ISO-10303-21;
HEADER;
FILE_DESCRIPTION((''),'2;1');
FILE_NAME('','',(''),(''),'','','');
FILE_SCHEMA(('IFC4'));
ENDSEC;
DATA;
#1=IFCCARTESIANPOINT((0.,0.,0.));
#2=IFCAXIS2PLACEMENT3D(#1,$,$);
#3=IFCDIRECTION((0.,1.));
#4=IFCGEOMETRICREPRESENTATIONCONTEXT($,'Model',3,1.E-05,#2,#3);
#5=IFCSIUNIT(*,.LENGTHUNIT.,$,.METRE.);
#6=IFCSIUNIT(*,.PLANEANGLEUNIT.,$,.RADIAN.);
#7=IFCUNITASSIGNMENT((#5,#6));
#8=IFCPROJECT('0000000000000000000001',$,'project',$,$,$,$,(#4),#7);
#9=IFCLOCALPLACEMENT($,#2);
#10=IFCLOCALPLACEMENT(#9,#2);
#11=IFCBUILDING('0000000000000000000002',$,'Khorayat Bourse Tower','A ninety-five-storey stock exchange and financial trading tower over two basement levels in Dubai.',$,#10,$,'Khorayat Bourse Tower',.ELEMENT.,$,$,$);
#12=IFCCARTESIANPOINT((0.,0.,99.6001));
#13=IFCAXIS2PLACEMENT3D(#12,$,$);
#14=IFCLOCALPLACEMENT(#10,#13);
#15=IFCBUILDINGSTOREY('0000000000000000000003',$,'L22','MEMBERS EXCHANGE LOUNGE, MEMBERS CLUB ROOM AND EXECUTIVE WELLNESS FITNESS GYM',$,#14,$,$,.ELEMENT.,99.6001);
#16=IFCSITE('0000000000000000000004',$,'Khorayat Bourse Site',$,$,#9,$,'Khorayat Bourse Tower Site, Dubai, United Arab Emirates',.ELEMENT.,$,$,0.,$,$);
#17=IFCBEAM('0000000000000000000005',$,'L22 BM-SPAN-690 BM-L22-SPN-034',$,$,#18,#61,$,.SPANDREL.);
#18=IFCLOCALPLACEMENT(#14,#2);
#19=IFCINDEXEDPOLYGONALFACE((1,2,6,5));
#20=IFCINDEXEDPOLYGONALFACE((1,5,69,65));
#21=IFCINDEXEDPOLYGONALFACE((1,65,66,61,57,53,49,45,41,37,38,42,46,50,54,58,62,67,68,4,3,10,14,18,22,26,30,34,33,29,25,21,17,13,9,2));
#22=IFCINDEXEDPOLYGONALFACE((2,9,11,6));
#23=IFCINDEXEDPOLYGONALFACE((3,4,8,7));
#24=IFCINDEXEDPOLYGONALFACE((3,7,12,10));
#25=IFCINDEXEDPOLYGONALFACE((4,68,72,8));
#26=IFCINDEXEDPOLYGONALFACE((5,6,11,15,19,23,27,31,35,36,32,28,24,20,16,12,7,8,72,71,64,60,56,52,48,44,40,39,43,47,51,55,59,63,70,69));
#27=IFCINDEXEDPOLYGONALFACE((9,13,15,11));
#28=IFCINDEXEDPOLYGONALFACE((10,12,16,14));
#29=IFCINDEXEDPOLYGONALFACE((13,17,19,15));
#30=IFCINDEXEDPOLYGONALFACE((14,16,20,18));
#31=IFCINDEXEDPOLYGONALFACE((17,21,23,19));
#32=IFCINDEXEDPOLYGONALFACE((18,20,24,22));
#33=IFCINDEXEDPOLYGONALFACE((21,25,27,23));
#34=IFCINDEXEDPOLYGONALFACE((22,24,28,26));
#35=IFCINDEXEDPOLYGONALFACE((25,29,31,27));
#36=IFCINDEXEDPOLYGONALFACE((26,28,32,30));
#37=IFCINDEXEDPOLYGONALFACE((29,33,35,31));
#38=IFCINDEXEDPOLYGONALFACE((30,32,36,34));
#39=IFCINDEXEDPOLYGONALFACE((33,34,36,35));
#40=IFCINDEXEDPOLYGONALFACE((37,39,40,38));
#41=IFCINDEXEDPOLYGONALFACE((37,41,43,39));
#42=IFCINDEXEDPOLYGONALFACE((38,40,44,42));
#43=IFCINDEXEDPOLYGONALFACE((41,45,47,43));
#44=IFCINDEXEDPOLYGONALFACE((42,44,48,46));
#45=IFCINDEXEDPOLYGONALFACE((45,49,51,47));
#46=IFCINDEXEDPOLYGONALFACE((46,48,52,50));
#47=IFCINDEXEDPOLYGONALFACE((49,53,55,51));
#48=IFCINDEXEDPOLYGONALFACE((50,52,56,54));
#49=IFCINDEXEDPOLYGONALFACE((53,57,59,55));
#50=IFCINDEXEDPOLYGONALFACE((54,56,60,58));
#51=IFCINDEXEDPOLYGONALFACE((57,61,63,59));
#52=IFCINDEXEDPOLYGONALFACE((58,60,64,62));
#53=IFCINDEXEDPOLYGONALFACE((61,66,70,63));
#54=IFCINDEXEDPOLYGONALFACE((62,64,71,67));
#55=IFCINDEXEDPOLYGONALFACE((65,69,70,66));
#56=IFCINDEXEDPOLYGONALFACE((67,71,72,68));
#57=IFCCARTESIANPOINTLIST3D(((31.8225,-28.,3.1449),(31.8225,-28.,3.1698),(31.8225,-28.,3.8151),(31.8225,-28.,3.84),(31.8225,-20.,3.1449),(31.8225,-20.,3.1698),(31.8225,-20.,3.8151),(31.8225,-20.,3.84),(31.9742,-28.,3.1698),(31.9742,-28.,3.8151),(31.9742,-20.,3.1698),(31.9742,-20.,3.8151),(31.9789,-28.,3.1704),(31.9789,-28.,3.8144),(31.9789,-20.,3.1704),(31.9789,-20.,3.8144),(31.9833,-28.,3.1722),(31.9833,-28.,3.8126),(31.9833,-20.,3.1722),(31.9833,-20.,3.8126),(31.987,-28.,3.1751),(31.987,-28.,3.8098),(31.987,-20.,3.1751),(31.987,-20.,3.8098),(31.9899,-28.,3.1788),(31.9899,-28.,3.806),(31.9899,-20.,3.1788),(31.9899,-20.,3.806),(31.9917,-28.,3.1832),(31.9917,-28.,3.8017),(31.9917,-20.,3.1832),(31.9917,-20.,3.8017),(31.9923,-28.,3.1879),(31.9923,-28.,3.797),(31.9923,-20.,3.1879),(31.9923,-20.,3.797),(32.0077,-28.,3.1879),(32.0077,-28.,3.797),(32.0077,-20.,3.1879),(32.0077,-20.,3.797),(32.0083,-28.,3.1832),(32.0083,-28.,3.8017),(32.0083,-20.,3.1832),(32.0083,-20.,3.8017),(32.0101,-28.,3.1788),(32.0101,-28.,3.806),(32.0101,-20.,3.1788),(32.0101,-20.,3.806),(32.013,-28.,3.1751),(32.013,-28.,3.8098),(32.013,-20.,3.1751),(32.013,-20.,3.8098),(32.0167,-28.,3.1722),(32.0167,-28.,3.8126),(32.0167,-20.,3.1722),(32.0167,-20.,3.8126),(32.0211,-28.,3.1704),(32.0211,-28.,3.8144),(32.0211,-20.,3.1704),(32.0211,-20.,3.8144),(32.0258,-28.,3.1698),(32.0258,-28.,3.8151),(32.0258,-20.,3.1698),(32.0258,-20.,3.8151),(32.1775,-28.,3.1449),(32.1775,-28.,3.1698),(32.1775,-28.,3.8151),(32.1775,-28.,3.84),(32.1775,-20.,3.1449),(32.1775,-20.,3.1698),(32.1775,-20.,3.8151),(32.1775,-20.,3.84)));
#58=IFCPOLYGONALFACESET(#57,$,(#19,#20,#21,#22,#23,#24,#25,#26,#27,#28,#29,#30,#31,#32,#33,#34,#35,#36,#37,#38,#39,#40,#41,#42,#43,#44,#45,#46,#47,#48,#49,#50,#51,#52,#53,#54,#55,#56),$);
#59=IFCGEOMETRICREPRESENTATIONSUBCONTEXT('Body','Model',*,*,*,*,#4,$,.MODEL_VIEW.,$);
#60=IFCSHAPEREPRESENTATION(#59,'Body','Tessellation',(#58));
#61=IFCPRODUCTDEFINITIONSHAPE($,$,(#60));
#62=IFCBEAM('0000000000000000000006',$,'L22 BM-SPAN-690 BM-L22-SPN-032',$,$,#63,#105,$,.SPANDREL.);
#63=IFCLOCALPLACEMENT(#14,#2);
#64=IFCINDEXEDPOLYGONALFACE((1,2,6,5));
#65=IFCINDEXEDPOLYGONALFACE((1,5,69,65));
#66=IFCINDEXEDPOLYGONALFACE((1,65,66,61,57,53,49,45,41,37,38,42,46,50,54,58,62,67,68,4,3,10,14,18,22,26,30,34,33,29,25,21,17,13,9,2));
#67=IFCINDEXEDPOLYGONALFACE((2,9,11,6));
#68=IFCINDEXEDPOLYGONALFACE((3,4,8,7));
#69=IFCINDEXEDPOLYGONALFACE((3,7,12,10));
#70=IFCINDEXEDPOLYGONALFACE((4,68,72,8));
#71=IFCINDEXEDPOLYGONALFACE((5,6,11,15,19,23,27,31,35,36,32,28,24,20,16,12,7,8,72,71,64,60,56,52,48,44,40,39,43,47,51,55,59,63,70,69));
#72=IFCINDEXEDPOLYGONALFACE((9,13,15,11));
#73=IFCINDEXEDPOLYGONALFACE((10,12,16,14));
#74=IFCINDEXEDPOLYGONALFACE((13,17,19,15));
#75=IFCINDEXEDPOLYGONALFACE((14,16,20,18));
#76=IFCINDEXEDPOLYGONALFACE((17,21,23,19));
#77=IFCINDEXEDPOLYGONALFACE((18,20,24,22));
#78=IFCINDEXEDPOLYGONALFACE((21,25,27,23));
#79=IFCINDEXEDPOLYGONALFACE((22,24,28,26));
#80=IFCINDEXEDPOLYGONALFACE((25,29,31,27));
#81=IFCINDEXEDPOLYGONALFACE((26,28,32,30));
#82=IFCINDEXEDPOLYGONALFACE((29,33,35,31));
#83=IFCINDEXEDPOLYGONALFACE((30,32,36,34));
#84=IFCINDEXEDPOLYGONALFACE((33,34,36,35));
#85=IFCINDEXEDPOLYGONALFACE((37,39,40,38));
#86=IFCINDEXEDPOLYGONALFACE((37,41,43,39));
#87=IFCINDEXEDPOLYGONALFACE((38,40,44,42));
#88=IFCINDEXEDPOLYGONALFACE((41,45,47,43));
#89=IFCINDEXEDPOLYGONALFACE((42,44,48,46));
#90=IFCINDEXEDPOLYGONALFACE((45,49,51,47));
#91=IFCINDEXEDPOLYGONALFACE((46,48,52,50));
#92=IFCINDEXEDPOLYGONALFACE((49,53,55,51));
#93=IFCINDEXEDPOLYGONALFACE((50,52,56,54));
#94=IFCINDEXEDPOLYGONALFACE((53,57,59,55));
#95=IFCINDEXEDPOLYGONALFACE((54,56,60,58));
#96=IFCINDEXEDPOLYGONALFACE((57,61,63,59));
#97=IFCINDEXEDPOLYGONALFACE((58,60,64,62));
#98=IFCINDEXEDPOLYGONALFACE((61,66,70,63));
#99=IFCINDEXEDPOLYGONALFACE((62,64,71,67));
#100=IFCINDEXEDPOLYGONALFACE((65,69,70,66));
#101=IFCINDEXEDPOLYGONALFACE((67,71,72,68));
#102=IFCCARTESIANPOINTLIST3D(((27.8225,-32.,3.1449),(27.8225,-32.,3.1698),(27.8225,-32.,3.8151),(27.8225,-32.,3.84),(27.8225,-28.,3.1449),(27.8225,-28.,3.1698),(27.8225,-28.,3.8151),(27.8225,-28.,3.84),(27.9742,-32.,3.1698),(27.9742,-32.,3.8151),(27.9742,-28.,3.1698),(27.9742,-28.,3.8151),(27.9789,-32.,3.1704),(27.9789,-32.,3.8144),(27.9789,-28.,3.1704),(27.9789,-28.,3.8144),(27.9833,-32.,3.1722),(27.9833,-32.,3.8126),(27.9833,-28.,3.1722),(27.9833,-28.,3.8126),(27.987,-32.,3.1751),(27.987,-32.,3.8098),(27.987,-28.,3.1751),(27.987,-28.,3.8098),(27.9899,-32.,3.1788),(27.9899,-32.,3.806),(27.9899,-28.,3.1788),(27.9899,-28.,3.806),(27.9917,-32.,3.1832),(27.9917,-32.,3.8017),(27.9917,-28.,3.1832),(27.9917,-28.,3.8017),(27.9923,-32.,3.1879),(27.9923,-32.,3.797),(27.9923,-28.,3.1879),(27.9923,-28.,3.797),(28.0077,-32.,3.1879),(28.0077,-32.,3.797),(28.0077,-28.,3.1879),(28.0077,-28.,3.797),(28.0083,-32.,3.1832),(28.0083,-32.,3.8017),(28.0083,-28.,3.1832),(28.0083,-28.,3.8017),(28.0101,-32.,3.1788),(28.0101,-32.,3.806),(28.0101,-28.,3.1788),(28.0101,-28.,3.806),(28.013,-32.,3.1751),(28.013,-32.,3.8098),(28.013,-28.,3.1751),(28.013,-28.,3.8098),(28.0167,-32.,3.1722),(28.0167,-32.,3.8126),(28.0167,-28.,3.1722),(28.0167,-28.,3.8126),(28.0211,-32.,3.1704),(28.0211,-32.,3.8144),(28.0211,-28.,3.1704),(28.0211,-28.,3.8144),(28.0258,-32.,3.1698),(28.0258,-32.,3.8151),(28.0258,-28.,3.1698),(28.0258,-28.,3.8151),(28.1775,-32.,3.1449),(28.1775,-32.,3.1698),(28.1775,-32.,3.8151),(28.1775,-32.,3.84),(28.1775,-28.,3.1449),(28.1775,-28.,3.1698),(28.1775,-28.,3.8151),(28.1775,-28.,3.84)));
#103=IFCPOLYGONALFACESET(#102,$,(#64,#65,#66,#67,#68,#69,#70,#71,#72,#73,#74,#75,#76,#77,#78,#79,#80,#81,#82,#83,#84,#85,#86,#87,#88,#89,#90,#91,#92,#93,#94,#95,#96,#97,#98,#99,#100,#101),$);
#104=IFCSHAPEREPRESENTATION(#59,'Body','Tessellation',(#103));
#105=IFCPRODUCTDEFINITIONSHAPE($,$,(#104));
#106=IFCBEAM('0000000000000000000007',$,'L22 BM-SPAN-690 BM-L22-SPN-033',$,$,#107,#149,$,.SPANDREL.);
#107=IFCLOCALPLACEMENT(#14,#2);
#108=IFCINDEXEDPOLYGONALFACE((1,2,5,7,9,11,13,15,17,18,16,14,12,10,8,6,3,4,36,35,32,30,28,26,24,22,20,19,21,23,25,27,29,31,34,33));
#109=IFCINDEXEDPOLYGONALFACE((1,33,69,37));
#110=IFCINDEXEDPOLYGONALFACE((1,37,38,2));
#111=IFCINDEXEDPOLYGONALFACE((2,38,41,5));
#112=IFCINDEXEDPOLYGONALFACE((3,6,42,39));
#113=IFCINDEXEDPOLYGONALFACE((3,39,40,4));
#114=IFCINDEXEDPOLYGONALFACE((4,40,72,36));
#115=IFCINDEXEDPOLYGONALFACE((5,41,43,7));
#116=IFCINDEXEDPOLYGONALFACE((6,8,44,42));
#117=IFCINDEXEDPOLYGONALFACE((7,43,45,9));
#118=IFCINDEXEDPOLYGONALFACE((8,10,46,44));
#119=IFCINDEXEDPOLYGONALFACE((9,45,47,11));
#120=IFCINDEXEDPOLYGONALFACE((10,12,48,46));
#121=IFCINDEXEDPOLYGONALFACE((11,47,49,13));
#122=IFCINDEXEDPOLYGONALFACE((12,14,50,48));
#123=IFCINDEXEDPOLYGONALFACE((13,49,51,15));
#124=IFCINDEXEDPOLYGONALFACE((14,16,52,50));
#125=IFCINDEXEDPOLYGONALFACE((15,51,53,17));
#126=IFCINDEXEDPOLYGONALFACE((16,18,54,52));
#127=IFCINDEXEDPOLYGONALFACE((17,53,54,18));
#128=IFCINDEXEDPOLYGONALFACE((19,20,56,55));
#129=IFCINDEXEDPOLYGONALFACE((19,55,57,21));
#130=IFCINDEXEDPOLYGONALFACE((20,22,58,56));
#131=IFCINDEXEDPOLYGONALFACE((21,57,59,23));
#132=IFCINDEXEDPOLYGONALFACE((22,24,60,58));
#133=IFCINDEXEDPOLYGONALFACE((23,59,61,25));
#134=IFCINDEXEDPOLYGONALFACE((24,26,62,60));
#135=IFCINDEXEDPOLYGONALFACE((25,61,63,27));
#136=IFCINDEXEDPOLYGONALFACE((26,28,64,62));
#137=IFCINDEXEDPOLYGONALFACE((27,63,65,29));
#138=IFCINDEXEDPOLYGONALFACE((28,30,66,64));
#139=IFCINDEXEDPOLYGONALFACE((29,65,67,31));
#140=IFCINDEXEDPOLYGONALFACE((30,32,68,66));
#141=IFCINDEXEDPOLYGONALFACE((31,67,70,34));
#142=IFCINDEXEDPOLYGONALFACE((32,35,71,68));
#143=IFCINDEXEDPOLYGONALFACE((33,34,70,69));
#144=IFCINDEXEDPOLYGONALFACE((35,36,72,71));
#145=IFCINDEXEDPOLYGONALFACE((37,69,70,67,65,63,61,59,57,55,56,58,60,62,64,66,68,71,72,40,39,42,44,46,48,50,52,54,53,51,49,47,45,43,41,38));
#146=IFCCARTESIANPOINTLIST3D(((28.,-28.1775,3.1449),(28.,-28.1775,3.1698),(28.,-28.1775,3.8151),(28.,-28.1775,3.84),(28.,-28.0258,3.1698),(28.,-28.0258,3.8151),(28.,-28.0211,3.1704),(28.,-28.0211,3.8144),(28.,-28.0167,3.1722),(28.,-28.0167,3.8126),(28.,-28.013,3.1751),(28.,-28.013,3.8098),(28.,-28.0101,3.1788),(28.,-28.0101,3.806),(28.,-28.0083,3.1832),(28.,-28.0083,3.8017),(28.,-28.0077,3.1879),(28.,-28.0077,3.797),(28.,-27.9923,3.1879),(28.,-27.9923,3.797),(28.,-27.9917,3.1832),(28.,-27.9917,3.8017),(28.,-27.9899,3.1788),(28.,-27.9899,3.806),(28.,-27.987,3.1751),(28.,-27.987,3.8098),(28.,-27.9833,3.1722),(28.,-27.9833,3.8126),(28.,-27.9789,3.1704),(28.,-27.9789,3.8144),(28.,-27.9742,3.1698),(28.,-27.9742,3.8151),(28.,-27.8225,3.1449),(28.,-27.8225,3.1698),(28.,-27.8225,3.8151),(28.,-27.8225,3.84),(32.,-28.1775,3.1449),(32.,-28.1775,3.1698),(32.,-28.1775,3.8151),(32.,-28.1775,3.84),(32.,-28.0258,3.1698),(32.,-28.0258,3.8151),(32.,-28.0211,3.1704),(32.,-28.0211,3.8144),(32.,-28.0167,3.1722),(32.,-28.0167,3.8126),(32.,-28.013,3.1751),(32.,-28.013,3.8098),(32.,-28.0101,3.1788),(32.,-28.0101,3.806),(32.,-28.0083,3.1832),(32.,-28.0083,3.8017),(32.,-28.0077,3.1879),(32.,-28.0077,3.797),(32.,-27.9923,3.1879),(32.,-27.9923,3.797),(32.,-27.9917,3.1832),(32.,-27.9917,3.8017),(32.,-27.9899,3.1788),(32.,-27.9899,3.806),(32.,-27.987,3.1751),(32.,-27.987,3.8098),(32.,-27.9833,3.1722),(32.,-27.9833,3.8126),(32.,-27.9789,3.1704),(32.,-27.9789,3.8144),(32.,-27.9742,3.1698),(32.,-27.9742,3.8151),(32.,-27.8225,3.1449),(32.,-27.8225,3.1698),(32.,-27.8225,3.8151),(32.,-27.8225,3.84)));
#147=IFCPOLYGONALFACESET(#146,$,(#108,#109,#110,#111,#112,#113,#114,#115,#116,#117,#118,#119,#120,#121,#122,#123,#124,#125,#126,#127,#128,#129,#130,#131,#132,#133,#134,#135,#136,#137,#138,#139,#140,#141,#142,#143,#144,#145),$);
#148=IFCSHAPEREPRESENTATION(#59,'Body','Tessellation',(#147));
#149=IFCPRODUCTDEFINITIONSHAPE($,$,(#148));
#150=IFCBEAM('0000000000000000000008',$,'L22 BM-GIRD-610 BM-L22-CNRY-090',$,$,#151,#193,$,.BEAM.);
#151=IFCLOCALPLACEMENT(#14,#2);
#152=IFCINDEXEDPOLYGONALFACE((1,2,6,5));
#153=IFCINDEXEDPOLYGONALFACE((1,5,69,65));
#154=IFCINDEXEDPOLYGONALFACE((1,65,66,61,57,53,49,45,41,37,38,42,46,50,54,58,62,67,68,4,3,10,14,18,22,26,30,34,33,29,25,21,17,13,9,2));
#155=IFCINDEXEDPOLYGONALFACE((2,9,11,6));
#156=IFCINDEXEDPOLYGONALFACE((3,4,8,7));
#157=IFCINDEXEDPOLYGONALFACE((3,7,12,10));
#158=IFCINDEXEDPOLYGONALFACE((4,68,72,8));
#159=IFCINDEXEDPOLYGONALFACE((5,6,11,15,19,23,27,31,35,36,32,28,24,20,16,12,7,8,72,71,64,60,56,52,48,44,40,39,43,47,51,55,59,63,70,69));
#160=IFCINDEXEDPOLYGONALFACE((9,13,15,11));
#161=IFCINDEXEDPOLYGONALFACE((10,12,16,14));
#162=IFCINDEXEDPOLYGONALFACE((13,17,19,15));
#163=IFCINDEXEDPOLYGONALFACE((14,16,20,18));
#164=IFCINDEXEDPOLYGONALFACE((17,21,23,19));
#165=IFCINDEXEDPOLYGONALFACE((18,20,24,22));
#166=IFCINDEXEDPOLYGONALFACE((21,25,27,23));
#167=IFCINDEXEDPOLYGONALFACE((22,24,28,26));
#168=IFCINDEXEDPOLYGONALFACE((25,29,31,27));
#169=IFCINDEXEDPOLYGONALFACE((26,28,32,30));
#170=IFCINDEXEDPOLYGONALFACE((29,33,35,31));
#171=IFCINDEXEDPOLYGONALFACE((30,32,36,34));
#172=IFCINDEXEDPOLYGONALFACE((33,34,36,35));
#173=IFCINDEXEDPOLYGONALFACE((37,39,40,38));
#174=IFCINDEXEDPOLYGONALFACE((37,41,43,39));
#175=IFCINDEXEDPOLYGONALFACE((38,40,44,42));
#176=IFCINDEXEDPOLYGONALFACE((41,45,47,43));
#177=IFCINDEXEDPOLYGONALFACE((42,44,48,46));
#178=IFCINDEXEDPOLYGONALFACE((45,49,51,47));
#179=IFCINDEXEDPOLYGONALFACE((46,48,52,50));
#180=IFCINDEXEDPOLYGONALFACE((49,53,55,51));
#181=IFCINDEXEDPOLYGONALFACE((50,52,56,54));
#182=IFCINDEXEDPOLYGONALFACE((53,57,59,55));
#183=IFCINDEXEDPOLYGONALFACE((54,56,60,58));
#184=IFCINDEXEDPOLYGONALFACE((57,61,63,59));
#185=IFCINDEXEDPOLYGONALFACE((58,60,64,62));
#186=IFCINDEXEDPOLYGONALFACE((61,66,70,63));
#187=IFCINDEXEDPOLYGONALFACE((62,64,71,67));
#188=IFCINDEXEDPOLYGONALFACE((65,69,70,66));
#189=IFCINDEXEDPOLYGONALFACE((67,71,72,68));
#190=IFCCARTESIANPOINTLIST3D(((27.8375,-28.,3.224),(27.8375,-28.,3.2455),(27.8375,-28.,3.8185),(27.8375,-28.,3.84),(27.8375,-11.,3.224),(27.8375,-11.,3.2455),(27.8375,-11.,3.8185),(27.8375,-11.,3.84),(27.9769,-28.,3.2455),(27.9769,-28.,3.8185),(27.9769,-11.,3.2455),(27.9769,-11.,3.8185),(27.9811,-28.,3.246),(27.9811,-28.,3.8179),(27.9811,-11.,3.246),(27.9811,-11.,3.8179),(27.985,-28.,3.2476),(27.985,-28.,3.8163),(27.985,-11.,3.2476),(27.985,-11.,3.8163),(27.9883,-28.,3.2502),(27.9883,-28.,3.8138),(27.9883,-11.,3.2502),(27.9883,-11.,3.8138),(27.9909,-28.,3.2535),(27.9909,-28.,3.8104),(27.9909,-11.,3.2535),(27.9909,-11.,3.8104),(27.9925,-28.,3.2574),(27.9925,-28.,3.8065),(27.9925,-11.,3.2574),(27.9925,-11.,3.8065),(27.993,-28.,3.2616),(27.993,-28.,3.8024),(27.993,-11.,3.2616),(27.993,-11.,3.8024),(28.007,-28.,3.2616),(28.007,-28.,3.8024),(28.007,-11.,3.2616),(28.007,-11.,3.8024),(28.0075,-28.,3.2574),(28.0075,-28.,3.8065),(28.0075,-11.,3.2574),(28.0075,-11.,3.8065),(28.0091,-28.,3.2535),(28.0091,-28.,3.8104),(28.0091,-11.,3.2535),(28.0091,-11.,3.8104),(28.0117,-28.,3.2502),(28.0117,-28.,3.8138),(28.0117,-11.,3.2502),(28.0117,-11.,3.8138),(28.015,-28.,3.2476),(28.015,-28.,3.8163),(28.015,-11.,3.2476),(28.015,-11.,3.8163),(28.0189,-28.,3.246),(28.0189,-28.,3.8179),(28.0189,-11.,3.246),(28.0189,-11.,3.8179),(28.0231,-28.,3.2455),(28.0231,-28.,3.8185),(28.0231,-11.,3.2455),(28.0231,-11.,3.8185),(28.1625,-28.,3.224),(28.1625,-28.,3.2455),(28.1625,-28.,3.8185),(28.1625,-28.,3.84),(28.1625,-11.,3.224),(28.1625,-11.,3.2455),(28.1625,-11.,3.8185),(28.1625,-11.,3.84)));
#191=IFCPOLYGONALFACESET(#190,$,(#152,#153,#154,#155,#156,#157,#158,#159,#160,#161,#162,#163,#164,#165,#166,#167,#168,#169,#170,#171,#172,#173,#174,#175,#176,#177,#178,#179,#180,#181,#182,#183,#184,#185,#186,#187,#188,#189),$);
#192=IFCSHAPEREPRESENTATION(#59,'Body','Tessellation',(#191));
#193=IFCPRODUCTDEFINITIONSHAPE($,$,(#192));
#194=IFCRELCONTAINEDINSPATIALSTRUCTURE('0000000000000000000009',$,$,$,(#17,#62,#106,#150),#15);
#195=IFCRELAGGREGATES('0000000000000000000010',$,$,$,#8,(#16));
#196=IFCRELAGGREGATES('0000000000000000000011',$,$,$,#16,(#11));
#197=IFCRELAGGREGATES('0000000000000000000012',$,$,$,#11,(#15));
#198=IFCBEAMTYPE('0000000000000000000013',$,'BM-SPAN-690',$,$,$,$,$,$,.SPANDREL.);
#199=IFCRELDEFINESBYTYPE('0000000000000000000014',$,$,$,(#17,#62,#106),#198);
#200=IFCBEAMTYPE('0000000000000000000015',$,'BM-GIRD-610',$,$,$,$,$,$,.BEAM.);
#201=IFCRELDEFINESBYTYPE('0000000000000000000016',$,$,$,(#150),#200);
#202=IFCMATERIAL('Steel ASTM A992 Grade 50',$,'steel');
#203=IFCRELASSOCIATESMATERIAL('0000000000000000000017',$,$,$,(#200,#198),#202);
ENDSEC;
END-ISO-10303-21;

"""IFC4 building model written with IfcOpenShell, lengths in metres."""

from ifc_helpers import new_model, si_unit, direction, frame, origin, origin_2d, place, context, subcontext, project, spatial, i_section, extrude, source, transform, mapped, material, material_profile, profile_set, type_object, element, save


model = new_model("IFC4")

# Units and contexts
model_context = context("Model", 3, precision=1e-05, world=origin(), true_north=direction((0.0, 1.0)))
body_context = subcontext(model_context, "Body", "Model", "MODEL_VIEW")
ifc_project = project(units=[si_unit("LENGTHUNIT", "METRE"), si_unit("PLANEANGLEUNIT", "RADIAN")], contexts=[model_context])

# Site, building, storey
site_placement = place(None, origin())
site = spatial("IfcSite", under=ifc_project, at=site_placement, Name="Khorayat Bourse Site", LongName="Khorayat Bourse Tower Site, Dubai, United Arab Emirates", CompositionType="ELEMENT", RefElevation=0.0)
building_placement = place(site_placement, origin())
building = spatial("IfcBuilding", under=site, at=building_placement, Name="Khorayat Bourse Tower", Description="A ninety-five-storey stock exchange and financial trading tower over two basement levels in Dubai.", LongName="Khorayat Bourse Tower", CompositionType="ELEMENT")
storey_placement = place(building_placement, frame((0.0, 0.0, 99.6001)))
storey = spatial("IfcBuildingStorey", under=building, at=storey_placement, Name="L22", Description="MEMBERS EXCHANGE LOUNGE, MEMBERS CLUB ROOM AND EXECUTIVE WELLNESS FITNESS GYM", CompositionType="ELEMENT", Elevation=99.6001)

# Beams
ifc_material_1 = material(Name="Steel ASTM A992 Grade 50", Category="steel")
ifc_material_profile_1 = material_profile(ifc_material_1, i_section(OverallWidth=0.325, OverallDepth=0.616, WebThickness=0.0139, FlangeThickness=0.0215, FilletRadius=0.0161, at=origin_2d()), Name="W610X174")
ifc_profile_set_1 = profile_set([ifc_material_profile_1], Name="Steel ASTM A992 Grade 50")
beam_type_1 = type_object("IfcBeamType", Name="BM-GIRD-610", PredefinedType="BEAM", material=ifc_profile_set_1)
ifc_material_profile_2 = material_profile(ifc_material_1, i_section(OverallWidth=0.355, OverallDepth=0.6951, WebThickness=0.0154, FlangeThickness=0.0249, FilletRadius=0.0181, at=origin_2d()), Name="W690X217")
ifc_profile_set_2 = profile_set([ifc_material_profile_2], Name="Steel ASTM A992 Grade 50")
beam_type_2 = type_object("IfcBeamType", Name="BM-SPAN-690", PredefinedType="SPANDREL", material=ifc_profile_set_2)
shared_shape_1 = source(origin(), body_context, "Body", "SweptSolid", [
    extrude(i_section(OverallWidth=0.355, OverallDepth=0.6951, WebThickness=0.0154, FlangeThickness=0.0249, FilletRadius=0.0181, at=origin_2d()), origin(), (0.0, 0.0, 1.0), 8.0),
])
for number, where, z_axis, x_axis, name in (
    (1, (32.0, -28.0, 3.4924), (0.0, 1.0, 0.0), (-1.0, 0.0, 0.0), "L22 BM-SPAN-690 BM-L22-SPN-034"),
):
    element("IfcBeam", number, at=place(storey_placement, frame(where, z_axis=z_axis, x_axis=x_axis)), inside=storey, type_object=beam_type_2, Name=name, PredefinedType="SPANDREL", context=body_context, shape_type="MappedRepresentation", body=[
        mapped(shared_shape_1, transform((0.0, 0.0, 0.0), scale=1.0)),
    ])
shared_shape_2 = source(origin(), body_context, "Body", "SweptSolid", [
    extrude(i_section(OverallWidth=0.355, OverallDepth=0.6951, WebThickness=0.0154, FlangeThickness=0.0249, FilletRadius=0.0181, at=origin_2d()), origin(), (0.0, 0.0, 1.0), 4.0),
])
for number, where, z_axis, x_axis, name in (
    (2, (28.0, -32.0, 3.4924), (0.0, 1.0, 0.0), (-1.0, 0.0, 0.0), "L22 BM-SPAN-690 BM-L22-SPN-032"),
    (3, (28.0, -28.0, 3.4924), (1.0, 0.0, 0.0), (0.0, 1.0, 0.0), "L22 BM-SPAN-690 BM-L22-SPN-033"),
):
    element("IfcBeam", number, at=place(storey_placement, frame(where, z_axis=z_axis, x_axis=x_axis)), inside=storey, type_object=beam_type_2, Name=name, PredefinedType="SPANDREL", context=body_context, shape_type="MappedRepresentation", body=[
        mapped(shared_shape_2, transform((0.0, 0.0, 0.0), scale=1.0)),
    ])
shared_shape_3 = source(origin(), body_context, "Body", "SweptSolid", [
    extrude(i_section(OverallWidth=0.325, OverallDepth=0.616, WebThickness=0.0139, FlangeThickness=0.0215, FilletRadius=0.0161, at=origin_2d()), origin(), (0.0, 0.0, 1.0), 17.0),
])
beam_1_placement = place(storey_placement, frame((28.0, -28.0, 3.532), z_axis=(0.0, 1.0, 0.0), x_axis=(-1.0, 0.0, 0.0)))
element("IfcBeam", 4, at=beam_1_placement, inside=storey, type_object=beam_type_1, Name="L22 BM-GIRD-610 BM-L22-CNRY-090", PredefinedType="BEAM", context=body_context, shape_type="MappedRepresentation", body=[
    mapped(shared_shape_3, transform((0.0, 0.0, 0.0), scale=1.0)),
])

save(model, "model.ifc")
